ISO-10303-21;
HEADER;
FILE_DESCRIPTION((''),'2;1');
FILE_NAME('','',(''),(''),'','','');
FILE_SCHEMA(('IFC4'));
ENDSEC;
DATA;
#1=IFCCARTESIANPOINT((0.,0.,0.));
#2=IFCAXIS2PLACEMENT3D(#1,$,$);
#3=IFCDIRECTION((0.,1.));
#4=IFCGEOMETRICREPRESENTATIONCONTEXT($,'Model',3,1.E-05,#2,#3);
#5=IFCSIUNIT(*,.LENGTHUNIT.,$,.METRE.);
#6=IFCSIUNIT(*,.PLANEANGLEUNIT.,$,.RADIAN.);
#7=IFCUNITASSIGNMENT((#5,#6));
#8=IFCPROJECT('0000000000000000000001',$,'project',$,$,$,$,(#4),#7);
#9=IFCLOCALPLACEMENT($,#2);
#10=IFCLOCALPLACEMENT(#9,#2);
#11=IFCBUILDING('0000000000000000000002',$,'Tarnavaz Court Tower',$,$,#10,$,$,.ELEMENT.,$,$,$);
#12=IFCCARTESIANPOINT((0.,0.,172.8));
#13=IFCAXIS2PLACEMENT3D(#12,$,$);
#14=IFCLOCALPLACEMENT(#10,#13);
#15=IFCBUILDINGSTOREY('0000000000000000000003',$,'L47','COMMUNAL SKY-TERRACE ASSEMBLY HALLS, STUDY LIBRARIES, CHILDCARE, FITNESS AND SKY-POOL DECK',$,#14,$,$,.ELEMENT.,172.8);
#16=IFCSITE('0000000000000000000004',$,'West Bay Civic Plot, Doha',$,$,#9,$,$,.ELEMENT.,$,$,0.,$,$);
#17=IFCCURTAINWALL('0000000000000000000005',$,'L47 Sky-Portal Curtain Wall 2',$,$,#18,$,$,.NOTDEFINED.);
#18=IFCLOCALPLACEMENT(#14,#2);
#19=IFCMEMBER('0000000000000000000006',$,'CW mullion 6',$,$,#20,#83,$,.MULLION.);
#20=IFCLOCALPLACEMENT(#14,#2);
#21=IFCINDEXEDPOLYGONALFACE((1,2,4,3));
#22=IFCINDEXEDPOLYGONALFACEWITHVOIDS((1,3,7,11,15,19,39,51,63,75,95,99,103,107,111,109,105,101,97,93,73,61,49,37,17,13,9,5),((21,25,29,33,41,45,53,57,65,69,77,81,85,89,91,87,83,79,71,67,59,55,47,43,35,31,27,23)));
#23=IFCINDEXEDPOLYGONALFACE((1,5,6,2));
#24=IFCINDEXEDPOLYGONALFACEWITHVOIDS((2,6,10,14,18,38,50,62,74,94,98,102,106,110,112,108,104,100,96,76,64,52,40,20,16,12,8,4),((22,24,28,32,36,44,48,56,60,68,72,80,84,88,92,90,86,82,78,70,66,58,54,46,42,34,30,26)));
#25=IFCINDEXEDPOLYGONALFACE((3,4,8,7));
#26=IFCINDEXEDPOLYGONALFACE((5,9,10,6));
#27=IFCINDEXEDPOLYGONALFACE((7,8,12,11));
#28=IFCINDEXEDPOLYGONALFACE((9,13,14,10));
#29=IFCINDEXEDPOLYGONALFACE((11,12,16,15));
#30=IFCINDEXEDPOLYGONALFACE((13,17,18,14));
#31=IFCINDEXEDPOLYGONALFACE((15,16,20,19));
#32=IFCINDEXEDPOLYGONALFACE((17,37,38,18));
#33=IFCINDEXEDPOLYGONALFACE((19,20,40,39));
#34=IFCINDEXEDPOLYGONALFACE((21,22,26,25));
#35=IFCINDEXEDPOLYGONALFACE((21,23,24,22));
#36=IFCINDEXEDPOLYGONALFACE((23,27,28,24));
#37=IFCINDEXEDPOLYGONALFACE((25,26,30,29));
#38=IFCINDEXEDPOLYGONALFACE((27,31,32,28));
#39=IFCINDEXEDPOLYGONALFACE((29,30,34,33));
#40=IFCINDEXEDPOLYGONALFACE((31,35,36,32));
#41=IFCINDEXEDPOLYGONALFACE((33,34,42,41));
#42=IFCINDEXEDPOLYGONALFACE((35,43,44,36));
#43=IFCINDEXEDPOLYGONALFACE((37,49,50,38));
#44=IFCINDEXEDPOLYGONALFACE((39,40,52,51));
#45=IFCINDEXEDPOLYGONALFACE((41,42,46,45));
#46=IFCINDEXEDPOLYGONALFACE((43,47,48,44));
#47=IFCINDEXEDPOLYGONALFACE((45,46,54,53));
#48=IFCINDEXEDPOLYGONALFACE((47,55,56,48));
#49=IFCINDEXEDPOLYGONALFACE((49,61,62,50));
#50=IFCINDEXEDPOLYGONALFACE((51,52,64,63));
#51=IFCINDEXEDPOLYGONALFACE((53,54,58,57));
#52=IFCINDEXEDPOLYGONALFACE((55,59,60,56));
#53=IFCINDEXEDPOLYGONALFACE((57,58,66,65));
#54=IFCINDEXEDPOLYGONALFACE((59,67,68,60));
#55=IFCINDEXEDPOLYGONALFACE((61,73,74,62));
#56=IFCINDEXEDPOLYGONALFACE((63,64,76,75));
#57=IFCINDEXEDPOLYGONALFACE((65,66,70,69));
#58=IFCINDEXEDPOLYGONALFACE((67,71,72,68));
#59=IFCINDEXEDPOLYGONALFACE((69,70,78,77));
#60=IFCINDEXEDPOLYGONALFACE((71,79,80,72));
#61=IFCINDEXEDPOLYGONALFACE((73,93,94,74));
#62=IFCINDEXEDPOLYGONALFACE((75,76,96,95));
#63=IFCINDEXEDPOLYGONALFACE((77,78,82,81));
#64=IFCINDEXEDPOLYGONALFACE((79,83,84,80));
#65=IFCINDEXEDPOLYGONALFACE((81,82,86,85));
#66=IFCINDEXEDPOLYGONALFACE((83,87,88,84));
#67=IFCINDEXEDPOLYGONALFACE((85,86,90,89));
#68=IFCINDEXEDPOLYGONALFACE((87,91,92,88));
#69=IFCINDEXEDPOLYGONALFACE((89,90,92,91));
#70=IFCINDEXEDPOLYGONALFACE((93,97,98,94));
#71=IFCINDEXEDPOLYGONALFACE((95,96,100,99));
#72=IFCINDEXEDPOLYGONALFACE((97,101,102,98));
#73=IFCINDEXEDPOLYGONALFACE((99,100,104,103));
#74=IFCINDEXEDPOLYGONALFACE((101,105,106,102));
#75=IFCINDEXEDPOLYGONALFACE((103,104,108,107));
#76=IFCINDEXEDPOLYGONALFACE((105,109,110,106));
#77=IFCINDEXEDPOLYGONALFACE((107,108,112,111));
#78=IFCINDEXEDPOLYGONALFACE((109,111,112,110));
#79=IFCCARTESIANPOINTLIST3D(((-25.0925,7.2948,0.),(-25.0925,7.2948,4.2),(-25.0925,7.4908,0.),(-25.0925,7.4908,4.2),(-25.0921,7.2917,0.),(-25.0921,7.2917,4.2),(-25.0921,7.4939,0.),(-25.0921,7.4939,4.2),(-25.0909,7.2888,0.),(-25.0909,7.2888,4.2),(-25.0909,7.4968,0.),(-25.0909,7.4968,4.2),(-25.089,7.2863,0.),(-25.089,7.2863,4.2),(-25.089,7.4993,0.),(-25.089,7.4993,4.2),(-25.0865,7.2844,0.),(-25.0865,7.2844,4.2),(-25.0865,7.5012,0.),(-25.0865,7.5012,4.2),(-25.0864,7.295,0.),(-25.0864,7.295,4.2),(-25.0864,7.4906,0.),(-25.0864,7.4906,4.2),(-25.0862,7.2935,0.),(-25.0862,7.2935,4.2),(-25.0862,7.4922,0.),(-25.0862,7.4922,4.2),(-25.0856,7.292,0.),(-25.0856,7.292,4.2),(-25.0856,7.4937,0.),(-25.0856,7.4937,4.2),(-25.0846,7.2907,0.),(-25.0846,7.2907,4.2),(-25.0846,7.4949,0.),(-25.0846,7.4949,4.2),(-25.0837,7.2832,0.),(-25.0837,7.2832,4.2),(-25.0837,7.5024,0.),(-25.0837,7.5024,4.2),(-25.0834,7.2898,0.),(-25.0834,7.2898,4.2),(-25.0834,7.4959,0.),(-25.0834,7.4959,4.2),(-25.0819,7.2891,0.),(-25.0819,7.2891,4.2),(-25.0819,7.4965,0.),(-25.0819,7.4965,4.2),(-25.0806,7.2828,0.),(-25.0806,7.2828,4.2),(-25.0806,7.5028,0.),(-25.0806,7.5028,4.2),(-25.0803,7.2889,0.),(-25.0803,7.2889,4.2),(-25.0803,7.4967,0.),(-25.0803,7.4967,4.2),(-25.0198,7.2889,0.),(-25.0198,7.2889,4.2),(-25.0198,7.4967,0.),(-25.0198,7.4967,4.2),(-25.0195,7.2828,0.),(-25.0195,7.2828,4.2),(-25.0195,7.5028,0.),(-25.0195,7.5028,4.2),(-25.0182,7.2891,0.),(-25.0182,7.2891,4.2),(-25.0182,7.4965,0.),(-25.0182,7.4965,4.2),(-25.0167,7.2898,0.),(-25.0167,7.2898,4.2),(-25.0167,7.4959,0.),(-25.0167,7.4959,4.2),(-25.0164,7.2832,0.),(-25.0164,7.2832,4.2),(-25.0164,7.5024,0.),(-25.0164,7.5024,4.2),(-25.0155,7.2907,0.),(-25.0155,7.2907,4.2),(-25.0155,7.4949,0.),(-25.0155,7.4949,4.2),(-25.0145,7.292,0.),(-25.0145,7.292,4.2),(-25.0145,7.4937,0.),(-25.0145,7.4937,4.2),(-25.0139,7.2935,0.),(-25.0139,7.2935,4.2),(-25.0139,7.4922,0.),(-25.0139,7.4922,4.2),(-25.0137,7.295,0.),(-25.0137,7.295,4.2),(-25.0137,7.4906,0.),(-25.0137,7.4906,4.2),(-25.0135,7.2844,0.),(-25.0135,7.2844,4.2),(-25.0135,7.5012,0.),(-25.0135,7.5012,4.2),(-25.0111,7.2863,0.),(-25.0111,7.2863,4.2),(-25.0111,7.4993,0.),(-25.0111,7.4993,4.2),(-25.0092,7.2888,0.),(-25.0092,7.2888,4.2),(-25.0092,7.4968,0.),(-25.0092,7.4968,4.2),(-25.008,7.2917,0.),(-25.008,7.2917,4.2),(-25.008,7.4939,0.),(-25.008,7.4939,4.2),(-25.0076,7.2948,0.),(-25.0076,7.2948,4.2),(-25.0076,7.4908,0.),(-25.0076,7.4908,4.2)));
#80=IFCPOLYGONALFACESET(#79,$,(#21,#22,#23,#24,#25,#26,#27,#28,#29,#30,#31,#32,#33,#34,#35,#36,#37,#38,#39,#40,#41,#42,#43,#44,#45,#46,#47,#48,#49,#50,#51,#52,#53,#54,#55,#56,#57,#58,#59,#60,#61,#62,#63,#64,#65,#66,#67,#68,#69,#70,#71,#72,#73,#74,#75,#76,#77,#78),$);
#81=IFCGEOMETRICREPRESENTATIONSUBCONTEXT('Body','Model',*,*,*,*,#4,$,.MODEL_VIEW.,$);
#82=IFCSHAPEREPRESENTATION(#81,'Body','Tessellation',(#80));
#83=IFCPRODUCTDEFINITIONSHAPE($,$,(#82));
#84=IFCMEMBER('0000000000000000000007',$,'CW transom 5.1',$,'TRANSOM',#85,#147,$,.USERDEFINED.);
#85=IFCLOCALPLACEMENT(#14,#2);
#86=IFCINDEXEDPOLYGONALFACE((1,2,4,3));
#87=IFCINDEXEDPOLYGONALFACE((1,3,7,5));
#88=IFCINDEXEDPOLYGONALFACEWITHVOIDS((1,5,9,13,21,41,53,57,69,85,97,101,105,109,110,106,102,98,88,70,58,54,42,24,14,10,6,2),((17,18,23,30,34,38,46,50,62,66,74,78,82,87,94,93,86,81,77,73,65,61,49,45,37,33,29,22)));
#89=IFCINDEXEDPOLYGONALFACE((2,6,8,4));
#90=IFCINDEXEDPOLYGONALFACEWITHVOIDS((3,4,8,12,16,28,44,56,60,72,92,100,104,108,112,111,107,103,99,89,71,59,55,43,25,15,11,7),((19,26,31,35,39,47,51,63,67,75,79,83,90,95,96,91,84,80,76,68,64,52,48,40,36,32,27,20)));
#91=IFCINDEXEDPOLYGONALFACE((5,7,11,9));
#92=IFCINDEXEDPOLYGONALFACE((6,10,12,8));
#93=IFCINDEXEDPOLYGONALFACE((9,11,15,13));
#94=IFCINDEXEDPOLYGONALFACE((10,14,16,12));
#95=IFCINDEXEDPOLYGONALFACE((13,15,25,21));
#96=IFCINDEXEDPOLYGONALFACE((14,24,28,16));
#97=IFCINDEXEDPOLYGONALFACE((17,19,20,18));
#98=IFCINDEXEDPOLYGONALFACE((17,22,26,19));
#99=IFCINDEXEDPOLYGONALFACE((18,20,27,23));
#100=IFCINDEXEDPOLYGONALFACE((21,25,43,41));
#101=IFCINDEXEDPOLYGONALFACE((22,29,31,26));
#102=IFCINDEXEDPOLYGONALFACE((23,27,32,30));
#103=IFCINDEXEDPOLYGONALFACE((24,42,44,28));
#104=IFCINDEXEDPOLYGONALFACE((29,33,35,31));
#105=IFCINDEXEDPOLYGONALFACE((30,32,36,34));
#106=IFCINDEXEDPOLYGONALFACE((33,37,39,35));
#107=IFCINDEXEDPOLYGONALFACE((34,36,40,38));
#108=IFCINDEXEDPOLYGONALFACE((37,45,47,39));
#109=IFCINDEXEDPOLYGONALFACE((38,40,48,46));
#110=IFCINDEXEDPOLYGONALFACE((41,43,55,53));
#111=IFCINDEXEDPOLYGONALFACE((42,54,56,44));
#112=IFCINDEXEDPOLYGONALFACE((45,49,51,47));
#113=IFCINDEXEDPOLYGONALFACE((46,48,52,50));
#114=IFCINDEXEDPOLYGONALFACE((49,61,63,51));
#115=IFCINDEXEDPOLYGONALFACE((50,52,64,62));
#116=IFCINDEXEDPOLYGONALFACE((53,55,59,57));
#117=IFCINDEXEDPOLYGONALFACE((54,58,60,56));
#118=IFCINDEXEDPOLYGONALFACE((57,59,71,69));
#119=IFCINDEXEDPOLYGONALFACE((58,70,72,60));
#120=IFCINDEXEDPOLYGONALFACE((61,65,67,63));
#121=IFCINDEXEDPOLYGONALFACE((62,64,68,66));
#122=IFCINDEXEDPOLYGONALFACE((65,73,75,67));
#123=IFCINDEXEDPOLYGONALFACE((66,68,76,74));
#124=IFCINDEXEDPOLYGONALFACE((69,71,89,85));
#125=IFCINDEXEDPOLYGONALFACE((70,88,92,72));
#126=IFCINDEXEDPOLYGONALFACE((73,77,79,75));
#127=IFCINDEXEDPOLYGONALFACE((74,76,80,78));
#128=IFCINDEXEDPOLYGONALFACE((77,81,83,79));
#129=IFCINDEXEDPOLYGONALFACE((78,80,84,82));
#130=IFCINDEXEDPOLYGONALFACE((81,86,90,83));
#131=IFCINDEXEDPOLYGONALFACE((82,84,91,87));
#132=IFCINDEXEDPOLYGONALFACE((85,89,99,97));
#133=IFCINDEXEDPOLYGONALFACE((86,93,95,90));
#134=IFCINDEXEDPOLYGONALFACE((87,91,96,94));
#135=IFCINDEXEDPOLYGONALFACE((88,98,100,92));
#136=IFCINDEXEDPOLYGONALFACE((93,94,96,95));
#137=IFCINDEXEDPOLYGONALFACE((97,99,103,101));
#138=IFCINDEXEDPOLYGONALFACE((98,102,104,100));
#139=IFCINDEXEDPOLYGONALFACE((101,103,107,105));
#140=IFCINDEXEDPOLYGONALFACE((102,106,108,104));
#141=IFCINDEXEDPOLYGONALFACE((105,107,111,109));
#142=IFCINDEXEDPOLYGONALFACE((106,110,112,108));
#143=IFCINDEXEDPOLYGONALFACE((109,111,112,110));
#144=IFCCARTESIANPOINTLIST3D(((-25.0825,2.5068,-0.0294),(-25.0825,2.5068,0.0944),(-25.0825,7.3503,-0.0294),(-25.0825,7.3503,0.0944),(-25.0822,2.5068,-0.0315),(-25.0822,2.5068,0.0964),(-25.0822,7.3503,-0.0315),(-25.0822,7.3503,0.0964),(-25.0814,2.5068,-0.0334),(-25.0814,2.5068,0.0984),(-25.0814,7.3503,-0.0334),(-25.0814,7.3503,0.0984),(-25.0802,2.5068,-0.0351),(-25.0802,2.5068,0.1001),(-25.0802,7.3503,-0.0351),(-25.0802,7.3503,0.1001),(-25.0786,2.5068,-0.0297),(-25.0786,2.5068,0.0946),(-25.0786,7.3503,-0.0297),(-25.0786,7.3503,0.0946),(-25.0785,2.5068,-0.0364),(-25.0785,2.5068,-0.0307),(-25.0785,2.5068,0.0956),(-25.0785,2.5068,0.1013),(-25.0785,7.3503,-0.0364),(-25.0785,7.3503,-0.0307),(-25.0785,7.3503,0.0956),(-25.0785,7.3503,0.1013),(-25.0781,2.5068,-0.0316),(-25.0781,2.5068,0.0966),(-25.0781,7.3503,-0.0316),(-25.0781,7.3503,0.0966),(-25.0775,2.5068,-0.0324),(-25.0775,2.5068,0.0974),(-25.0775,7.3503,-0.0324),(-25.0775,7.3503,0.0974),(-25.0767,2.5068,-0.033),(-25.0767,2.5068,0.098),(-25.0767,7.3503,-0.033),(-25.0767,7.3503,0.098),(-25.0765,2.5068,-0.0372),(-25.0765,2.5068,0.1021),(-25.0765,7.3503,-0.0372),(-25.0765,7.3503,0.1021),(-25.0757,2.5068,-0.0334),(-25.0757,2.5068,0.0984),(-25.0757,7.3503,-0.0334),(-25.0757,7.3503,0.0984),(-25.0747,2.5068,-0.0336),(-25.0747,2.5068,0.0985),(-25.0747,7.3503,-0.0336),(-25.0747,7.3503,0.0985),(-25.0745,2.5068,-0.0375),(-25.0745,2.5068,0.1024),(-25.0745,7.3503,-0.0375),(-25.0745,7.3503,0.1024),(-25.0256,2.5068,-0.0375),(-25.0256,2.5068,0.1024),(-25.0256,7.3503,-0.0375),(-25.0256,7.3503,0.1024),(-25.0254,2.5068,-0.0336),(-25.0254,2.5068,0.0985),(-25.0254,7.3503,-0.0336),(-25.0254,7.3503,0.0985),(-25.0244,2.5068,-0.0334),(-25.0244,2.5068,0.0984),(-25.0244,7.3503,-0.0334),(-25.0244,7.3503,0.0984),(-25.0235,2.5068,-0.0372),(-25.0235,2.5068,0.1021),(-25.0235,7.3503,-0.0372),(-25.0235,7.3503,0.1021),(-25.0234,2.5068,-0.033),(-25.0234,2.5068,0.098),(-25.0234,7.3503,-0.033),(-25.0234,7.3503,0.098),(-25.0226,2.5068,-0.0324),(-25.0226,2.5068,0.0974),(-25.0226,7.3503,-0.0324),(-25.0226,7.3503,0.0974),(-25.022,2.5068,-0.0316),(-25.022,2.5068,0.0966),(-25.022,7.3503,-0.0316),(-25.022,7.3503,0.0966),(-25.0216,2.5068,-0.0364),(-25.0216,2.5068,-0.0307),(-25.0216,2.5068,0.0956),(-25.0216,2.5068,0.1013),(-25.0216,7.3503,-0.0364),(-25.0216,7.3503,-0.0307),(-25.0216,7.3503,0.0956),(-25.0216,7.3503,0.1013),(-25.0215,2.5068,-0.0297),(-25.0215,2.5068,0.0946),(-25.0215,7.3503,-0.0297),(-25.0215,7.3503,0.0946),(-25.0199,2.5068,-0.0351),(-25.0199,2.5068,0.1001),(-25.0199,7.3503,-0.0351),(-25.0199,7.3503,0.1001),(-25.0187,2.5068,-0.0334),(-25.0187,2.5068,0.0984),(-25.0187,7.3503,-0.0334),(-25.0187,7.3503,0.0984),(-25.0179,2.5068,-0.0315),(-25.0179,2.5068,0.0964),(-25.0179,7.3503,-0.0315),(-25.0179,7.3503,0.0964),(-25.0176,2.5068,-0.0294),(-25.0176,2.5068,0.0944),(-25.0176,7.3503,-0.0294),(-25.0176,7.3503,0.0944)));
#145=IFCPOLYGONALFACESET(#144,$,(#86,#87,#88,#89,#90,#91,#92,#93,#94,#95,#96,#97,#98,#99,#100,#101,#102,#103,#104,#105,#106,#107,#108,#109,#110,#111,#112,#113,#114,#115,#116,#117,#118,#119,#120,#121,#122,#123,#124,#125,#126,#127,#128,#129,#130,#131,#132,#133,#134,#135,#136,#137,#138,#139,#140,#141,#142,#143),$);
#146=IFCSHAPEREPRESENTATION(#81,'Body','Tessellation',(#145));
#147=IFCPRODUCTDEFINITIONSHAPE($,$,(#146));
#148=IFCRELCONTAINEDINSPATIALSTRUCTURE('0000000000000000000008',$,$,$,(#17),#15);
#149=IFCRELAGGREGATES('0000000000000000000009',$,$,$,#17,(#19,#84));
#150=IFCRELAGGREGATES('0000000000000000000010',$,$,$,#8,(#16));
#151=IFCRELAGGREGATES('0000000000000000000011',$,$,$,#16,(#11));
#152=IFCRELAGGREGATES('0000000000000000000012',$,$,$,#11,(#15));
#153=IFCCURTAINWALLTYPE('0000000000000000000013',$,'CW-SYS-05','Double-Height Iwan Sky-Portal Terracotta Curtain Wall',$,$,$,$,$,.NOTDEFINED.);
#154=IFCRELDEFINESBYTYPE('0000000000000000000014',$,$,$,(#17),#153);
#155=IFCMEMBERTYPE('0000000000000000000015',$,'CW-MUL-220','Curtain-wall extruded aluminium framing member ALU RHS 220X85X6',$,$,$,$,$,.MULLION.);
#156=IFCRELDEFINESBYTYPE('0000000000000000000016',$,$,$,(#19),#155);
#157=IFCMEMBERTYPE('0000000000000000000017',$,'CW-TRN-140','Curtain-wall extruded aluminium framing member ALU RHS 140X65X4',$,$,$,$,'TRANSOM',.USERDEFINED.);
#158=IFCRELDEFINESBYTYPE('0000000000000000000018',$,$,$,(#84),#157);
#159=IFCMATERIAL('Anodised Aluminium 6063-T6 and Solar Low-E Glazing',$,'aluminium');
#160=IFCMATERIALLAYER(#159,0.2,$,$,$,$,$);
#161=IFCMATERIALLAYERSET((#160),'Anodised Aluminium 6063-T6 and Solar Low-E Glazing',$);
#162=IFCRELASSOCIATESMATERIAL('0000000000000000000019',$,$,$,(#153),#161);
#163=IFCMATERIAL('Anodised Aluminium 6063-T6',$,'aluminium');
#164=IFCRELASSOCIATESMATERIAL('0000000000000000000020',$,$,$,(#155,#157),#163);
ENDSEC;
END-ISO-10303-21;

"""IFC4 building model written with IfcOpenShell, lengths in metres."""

from ifc_helpers import new_model, si_unit, direction, frame, origin, origin_2d, place, context, subcontext, project, spatial, hollow_rectangle, extrude, material, layer, layer_set, material_profile, profile_set, type_object, element, aggregate, save


model = new_model("IFC4")

# Units and contexts
model_context = context("Model", 3, precision=1e-05, world=origin(), true_north=direction((0.0, 1.0)))
body_context = subcontext(model_context, "Body", "Model", "MODEL_VIEW")
ifc_project = project(units=[si_unit("LENGTHUNIT", "METRE"), si_unit("PLANEANGLEUNIT", "RADIAN")], contexts=[model_context])

# Site, building, storey
site_placement = place(None, origin())
site = spatial("IfcSite", under=ifc_project, at=site_placement, Name="West Bay Civic Plot, Doha", CompositionType="ELEMENT", RefElevation=0.0)
building_placement = place(site_placement, origin())
building = spatial("IfcBuilding", under=site, at=building_placement, Name="Tarnavaz Court Tower", CompositionType="ELEMENT")
storey_placement = place(building_placement, frame((0.0, 0.0, 172.8)))
storey = spatial("IfcBuildingStorey", under=building, at=storey_placement, Name="L47", Description="COMMUNAL SKY-TERRACE ASSEMBLY HALLS, STUDY LIBRARIES, CHILDCARE, FITNESS AND SKY-POOL DECK", CompositionType="ELEMENT", Elevation=172.8)

# Curtain wall, members
ifc_material_1 = material(Name="Anodised Aluminium 6063-T6 and Solar Low-E Glazing", Category="aluminium")
ifc_layer_1 = layer(ifc_material_1, 0.2)
ifc_layer_set_1 = layer_set([ifc_layer_1], Name="Anodised Aluminium 6063-T6 and Solar Low-E Glazing")
curtain_wall_type = type_object("IfcCurtainWallType", Name="CW-SYS-05", Description="Double-Height Iwan Sky-Portal Terracotta Curtain Wall", PredefinedType="NOTDEFINED", material=ifc_layer_set_1)
curtain_wall_placement = place(storey_placement, origin())
curtain_wall = element("IfcCurtainWall", 1, at=curtain_wall_placement, inside=storey, type_object=curtain_wall_type, Name="L47 Sky-Portal Curtain Wall 2", PredefinedType="NOTDEFINED")
ifc_material_2 = material(Name="Anodised Aluminium 6063-T6", Category="aluminium")
ifc_material_profile_1 = material_profile(ifc_material_2, hollow_rectangle(XDim=0.085, YDim=0.22, WallThickness=0.0061, InnerFilletRadius=0.0061, OuterFilletRadius=0.012, at=origin_2d()), Name="ALU RHS 220X85X6")
ifc_profile_set_1 = profile_set([ifc_material_profile_1], Name="Anodised Aluminium 6063-T6")
member_type_1 = type_object("IfcMemberType", Name="CW-MUL-220", Description="Curtain-wall extruded aluminium framing member ALU RHS 220X85X6", PredefinedType="MULLION", material=ifc_profile_set_1)
member_1_placement = place(storey_placement, frame((-25.05, 7.3928, 0.0), z_axis=(0.0, 0.0, 1.0), x_axis=(-1.0, 0.0, 0.0)))
member_1 = element("IfcMember", 2, at=member_1_placement, type_object=member_type_1, Name="CW mullion 6", PredefinedType="MULLION", context=body_context, shape_type="SweptSolid", body=[
    extrude(hollow_rectangle(XDim=0.085, YDim=0.22, WallThickness=0.0061, InnerFilletRadius=0.0061, OuterFilletRadius=0.012, at=origin_2d()), origin(), (0.0, 0.0, 1.0), 4.2),
])
ifc_material_profile_2 = material_profile(ifc_material_2, hollow_rectangle(XDim=0.0649, YDim=0.1399, WallThickness=0.0039, InnerFilletRadius=0.0039, OuterFilletRadius=0.0081, at=origin_2d()), Name="ALU RHS 140X65X4")
ifc_profile_set_2 = profile_set([ifc_material_profile_2], Name="Anodised Aluminium 6063-T6")
member_type_2 = type_object("IfcMemberType", Name="CW-TRN-140", Description="Curtain-wall extruded aluminium framing member ALU RHS 140X65X4", ElementType="TRANSOM", PredefinedType="USERDEFINED", material=ifc_profile_set_2)
member_2_placement = place(storey_placement, frame((-25.05, 2.5068, 0.0325), z_axis=(0.0, 1.0, 0.0), x_axis=(-1.0, 0.0, 0.0)))
member_2 = element("IfcMember", 3, at=member_2_placement, type_object=member_type_2, Name="CW transom 5.1", ObjectType="TRANSOM", PredefinedType="USERDEFINED", context=body_context, shape_type="SweptSolid", body=[
    extrude(hollow_rectangle(XDim=0.0649, YDim=0.1399, WallThickness=0.0039, InnerFilletRadius=0.0039, OuterFilletRadius=0.0081, at=origin_2d()), origin(), (0.0, 0.0, 1.0), 4.8435),
])
aggregate(curtain_wall, [member_1, member_2])

save(model, "model.ifc")
